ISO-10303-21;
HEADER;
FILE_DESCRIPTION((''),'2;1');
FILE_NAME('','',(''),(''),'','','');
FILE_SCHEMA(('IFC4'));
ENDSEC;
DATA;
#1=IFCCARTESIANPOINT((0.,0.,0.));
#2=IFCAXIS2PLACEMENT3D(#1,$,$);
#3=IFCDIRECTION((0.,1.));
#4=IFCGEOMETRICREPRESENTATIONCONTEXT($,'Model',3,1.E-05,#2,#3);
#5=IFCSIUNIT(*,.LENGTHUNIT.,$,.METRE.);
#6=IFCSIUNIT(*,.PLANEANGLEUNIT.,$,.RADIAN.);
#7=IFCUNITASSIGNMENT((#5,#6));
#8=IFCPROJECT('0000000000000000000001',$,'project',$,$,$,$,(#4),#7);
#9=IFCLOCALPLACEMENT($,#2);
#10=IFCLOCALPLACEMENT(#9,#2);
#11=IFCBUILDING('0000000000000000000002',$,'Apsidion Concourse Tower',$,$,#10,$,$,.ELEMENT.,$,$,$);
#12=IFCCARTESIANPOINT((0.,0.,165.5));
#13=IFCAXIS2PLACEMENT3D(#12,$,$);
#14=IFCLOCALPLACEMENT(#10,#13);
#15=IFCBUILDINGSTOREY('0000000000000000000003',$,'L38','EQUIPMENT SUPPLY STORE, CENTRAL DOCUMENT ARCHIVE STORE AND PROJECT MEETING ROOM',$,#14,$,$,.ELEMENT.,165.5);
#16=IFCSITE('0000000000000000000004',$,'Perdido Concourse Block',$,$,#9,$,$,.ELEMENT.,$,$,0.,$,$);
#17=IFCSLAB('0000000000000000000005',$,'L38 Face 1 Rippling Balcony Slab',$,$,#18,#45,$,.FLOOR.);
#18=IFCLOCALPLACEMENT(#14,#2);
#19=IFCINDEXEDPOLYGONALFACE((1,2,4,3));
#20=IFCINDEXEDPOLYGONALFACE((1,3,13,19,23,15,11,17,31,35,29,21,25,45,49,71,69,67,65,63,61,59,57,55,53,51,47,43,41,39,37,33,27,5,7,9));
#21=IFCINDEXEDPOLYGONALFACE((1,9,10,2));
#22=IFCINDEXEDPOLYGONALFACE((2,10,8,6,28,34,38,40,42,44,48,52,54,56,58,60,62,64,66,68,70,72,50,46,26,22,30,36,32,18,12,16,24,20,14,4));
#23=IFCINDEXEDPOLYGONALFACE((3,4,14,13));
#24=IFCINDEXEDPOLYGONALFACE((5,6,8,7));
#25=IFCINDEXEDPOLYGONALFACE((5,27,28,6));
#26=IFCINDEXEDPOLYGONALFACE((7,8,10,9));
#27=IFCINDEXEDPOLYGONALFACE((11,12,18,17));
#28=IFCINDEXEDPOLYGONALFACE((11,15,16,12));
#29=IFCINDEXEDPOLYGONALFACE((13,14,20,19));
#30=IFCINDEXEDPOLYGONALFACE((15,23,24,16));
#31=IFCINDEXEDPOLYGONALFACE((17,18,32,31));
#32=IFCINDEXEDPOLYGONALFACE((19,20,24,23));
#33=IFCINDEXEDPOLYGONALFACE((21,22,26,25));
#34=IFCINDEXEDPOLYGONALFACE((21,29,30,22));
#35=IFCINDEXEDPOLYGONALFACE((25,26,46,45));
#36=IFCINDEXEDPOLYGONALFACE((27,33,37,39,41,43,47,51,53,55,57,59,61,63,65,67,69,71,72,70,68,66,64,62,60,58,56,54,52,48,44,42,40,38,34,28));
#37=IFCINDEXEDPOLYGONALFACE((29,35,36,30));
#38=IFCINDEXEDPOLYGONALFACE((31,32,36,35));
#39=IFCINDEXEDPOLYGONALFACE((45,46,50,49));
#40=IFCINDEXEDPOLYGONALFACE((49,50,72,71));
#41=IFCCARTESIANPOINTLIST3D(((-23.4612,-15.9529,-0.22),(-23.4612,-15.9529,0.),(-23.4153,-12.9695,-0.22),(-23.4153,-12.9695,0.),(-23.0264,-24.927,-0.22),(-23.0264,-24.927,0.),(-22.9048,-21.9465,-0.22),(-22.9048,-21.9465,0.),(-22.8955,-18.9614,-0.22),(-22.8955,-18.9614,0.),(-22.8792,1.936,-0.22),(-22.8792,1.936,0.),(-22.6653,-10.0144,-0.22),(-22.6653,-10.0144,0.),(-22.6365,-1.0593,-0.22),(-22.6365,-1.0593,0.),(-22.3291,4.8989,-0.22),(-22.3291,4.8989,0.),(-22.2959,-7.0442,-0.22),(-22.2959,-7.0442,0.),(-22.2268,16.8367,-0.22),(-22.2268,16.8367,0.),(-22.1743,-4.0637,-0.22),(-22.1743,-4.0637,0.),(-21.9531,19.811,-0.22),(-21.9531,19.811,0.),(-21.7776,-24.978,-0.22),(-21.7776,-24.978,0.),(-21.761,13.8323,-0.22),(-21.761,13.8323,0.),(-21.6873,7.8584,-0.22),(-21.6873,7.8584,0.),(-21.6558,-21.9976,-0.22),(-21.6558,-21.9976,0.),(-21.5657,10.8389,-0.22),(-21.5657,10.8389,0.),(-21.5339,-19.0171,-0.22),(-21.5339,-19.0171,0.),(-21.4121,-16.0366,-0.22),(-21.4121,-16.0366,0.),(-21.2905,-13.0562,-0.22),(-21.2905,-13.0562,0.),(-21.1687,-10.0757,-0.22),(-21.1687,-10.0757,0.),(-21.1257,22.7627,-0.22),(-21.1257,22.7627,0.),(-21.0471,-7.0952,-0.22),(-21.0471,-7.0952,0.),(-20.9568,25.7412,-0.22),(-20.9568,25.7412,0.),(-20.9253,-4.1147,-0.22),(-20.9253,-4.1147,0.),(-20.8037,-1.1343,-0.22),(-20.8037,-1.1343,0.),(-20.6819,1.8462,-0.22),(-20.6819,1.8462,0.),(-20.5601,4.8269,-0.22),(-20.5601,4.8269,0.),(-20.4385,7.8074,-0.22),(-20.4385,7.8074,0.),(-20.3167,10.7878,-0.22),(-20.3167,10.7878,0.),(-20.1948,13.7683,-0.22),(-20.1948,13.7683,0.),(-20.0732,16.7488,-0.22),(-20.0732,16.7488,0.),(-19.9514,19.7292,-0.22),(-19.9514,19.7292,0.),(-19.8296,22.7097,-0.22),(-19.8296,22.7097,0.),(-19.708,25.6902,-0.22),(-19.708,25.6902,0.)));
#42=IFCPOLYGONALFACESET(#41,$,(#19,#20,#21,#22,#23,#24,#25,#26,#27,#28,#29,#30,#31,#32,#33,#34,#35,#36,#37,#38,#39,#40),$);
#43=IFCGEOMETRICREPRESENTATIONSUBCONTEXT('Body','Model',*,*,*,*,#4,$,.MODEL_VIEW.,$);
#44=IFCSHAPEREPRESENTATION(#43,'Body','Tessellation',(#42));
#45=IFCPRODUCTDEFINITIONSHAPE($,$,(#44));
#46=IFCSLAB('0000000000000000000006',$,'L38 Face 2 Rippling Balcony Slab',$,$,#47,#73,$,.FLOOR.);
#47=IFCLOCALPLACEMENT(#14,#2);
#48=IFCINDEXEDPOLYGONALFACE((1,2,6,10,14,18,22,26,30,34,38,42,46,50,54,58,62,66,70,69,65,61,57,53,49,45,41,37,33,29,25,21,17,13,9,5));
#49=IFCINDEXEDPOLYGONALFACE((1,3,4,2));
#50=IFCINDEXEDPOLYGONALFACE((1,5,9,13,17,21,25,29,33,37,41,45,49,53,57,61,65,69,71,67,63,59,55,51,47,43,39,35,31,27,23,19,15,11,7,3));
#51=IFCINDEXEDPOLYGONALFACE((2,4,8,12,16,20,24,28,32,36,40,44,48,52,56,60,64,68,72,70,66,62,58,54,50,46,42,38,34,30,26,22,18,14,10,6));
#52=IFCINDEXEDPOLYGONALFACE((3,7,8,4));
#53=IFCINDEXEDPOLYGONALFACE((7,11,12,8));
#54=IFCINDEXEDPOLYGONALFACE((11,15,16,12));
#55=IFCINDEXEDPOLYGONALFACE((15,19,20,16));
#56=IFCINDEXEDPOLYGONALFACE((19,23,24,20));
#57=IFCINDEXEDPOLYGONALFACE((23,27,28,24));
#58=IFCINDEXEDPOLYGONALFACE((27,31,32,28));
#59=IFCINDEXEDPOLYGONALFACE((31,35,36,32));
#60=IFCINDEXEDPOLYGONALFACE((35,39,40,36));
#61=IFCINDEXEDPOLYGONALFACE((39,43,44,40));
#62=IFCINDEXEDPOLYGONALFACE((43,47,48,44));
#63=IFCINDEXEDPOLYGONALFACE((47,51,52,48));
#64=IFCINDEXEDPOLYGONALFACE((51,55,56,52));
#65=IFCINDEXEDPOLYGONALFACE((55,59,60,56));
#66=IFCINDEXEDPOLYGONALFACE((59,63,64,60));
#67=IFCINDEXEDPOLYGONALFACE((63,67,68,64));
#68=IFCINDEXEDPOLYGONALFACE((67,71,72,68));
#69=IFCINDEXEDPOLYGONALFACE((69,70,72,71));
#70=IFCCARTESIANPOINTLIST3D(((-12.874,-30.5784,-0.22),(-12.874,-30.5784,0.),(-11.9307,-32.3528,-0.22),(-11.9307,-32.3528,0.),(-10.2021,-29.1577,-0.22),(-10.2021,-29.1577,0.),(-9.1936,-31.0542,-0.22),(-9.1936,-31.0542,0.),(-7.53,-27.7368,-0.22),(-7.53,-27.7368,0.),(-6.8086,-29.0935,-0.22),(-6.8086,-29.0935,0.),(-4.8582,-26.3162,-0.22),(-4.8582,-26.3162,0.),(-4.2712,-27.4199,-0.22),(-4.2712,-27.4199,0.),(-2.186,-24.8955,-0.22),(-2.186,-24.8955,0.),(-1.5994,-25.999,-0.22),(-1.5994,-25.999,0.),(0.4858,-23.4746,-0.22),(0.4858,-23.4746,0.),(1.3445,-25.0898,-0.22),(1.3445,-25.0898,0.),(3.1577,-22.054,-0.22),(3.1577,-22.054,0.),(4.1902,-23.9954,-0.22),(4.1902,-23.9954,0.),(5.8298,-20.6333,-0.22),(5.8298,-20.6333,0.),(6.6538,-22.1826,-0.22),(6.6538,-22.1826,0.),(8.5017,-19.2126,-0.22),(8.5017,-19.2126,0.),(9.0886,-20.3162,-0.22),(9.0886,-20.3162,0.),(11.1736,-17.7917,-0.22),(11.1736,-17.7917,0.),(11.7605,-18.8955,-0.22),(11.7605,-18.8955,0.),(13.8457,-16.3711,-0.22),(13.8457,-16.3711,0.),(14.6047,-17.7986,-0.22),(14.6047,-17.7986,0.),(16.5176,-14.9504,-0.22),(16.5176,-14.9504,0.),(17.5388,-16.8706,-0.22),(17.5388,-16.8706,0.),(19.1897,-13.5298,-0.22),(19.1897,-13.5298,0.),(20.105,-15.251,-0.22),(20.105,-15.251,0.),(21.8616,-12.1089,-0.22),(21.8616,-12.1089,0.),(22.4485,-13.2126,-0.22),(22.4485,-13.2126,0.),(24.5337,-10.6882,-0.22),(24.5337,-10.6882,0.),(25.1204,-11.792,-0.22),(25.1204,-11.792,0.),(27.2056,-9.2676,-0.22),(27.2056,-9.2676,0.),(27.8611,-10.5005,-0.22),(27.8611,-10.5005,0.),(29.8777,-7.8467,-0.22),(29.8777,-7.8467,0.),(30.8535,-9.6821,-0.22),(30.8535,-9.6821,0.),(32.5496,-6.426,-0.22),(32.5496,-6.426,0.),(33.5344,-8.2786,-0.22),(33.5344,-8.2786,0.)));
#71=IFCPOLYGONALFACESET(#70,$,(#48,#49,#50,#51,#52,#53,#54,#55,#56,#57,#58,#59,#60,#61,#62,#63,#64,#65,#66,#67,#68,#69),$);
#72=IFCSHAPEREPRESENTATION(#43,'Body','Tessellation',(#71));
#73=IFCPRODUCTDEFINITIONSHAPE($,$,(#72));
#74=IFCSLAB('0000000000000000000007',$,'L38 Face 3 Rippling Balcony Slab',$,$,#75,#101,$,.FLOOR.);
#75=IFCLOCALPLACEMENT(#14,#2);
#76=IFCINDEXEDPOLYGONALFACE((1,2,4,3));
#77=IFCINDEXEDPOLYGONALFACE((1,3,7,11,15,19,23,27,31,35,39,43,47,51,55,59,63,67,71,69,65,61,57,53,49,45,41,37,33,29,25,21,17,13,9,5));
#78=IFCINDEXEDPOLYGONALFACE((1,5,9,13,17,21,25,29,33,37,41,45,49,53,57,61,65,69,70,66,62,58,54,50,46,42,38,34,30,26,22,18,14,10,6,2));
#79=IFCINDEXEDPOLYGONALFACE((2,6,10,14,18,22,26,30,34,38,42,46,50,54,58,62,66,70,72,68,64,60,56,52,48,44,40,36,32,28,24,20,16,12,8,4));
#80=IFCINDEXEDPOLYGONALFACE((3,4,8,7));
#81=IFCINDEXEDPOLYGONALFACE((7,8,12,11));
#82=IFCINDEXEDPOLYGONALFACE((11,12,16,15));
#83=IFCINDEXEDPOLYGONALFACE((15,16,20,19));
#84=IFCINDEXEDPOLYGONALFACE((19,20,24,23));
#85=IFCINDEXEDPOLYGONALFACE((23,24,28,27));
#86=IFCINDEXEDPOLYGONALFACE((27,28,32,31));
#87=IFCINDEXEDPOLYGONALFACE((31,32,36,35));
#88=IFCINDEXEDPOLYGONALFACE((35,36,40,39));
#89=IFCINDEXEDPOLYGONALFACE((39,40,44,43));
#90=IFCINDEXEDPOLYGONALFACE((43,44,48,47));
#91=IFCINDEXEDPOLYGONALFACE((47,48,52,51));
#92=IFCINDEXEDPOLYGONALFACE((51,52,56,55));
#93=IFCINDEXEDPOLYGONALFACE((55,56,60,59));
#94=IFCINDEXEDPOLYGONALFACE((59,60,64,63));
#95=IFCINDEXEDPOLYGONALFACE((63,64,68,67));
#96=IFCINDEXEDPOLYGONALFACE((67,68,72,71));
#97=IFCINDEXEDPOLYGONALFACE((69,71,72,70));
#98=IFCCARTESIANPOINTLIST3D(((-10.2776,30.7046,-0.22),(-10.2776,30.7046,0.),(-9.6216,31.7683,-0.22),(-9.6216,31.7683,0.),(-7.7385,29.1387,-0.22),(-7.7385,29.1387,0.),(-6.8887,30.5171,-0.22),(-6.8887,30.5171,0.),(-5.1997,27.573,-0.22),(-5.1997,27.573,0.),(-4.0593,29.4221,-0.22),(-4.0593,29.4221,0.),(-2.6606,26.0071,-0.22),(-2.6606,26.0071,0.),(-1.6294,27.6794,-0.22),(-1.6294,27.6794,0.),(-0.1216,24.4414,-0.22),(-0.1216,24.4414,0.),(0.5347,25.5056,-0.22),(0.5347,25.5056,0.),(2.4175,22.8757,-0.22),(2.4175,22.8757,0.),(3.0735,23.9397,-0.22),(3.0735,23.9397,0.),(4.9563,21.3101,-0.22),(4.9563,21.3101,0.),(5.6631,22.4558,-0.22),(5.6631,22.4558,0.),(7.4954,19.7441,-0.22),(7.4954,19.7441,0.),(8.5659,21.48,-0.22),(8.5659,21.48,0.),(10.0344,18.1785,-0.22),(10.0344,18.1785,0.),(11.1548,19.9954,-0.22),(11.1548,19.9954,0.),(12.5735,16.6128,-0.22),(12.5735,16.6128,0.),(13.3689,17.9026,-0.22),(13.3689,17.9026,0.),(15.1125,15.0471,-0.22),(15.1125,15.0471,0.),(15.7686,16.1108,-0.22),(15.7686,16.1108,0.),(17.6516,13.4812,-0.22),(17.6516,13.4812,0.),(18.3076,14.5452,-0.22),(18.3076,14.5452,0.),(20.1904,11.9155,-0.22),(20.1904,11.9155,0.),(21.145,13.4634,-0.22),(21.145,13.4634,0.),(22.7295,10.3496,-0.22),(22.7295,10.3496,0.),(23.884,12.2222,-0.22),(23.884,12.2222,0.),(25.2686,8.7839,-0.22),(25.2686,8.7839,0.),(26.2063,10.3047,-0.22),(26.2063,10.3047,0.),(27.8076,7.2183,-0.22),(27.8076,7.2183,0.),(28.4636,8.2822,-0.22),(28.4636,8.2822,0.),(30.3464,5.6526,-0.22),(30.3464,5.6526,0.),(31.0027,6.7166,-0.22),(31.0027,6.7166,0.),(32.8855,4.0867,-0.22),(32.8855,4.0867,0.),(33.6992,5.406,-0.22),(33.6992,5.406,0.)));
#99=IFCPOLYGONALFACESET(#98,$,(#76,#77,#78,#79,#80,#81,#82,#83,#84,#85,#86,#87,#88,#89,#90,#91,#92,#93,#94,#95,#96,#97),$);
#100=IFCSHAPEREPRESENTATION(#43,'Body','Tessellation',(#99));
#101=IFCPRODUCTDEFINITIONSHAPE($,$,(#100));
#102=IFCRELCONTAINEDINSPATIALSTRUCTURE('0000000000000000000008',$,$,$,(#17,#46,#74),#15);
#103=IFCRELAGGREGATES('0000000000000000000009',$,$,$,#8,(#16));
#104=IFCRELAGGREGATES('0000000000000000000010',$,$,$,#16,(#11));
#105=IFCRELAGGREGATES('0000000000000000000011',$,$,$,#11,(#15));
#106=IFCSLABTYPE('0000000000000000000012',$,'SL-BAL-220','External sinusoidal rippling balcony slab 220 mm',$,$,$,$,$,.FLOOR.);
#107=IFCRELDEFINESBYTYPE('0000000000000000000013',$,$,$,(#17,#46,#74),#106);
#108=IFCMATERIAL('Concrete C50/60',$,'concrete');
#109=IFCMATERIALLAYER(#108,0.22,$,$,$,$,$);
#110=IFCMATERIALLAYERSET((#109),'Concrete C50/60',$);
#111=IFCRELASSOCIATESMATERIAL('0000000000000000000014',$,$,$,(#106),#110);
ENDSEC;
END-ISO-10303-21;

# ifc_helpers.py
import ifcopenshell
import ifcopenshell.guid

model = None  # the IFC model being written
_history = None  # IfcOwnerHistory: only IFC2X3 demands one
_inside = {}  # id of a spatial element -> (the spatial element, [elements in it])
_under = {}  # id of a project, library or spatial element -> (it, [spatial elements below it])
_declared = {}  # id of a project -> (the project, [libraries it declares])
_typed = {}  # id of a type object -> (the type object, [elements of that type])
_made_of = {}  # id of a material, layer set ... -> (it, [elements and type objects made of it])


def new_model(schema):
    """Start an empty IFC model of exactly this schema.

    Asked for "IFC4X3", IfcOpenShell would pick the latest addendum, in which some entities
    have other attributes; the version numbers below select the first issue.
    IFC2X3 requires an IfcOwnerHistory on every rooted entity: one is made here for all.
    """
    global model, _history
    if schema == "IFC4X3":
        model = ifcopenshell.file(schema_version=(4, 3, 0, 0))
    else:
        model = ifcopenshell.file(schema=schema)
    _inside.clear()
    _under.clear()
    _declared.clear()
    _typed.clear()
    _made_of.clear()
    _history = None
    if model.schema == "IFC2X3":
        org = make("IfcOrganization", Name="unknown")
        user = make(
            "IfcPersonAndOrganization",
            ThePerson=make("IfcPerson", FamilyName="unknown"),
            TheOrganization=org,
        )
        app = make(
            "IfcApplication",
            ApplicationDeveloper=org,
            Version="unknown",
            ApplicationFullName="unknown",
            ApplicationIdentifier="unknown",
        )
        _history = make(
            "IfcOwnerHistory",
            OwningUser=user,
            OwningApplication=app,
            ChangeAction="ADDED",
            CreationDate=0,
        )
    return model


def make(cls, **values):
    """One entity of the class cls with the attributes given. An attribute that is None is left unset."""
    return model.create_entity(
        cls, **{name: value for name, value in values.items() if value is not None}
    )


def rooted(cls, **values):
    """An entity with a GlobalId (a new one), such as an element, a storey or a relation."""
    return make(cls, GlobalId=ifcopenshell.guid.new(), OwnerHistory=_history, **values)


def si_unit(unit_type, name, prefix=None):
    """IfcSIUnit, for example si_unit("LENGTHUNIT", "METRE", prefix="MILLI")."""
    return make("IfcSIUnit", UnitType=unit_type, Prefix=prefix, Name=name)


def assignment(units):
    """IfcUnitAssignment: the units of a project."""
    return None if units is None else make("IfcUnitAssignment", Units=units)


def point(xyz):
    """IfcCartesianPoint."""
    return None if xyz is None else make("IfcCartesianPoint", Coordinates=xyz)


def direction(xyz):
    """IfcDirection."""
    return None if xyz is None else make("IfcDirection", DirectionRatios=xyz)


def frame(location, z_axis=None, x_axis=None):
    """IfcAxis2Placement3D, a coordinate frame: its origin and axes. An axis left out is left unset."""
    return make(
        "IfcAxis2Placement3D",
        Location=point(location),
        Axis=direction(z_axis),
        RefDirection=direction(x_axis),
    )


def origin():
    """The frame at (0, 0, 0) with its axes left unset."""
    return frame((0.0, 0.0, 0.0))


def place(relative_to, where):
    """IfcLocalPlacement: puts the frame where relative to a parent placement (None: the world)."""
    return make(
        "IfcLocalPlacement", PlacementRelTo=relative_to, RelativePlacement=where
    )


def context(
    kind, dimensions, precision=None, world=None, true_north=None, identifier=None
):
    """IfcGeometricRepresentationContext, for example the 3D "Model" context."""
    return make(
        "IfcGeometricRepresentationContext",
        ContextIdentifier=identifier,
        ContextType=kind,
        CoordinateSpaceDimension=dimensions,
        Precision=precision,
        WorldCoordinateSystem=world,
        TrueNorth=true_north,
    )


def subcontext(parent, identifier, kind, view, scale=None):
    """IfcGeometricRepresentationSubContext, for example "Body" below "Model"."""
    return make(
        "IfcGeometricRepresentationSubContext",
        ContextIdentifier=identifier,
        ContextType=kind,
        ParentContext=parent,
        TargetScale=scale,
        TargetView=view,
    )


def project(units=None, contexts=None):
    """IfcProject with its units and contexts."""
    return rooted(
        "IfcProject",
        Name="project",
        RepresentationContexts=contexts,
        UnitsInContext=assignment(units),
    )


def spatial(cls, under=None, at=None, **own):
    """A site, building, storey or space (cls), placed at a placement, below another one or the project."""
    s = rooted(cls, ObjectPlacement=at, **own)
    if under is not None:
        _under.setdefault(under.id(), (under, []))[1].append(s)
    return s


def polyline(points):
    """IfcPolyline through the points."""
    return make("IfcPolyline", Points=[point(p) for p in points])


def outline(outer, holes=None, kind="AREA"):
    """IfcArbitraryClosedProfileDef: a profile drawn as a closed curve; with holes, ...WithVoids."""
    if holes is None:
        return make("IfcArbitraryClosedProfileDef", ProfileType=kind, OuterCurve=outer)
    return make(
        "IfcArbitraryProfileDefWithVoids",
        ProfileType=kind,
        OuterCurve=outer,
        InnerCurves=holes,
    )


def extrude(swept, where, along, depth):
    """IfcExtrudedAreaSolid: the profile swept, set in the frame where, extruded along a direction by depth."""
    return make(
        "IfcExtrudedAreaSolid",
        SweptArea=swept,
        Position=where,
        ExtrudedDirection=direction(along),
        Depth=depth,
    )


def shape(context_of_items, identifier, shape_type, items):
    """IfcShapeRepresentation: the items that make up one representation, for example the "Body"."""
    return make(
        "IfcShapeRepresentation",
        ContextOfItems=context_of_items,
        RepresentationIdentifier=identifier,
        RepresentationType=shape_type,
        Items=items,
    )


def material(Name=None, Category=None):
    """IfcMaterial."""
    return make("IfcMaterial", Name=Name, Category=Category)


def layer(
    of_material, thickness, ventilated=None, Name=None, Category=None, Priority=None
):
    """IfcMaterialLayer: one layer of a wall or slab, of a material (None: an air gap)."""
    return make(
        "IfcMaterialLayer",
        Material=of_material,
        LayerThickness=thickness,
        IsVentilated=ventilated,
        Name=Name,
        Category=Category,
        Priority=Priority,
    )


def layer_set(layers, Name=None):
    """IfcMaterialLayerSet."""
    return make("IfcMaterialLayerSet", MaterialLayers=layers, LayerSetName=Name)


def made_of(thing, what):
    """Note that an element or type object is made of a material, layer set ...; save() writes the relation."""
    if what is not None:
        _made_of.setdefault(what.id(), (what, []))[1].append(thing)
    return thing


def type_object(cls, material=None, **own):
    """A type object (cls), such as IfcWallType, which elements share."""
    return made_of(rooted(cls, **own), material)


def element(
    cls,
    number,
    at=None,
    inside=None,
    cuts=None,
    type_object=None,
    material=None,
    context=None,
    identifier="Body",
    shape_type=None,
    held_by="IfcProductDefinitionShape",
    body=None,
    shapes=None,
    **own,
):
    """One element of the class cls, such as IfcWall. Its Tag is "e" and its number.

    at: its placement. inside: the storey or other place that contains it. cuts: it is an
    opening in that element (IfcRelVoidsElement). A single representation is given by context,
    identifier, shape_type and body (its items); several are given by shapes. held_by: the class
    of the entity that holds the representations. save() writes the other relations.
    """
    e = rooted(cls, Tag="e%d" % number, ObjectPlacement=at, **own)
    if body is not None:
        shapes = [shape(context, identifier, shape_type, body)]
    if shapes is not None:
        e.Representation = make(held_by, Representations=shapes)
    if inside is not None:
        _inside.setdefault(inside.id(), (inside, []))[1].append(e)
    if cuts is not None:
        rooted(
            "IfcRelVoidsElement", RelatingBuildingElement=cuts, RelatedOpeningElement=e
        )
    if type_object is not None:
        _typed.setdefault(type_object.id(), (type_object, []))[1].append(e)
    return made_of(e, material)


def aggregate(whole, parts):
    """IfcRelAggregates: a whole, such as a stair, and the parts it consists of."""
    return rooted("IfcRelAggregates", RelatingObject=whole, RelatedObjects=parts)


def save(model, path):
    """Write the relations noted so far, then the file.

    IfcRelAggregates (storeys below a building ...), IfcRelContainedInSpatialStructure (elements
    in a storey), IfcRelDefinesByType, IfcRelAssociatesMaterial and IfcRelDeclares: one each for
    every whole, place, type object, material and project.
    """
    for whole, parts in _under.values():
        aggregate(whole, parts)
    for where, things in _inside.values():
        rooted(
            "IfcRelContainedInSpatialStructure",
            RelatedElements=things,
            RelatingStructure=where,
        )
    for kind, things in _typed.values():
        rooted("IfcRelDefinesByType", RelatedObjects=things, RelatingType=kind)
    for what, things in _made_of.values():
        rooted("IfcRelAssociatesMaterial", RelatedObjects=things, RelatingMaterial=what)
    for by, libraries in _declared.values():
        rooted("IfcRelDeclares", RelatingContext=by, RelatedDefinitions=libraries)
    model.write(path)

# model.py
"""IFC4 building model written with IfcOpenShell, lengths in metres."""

from ifc_helpers import new_model, si_unit, direction, frame, origin, place, context, subcontext, project, spatial, polyline, outline, extrude, material, layer, layer_set, type_object, element, save


model = new_model("IFC4")

# Units and contexts
model_context = context("Model", 3, precision=1e-05, world=origin(), true_north=direction((0.0, 1.0)))
body_context = subcontext(model_context, "Body", "Model", "MODEL_VIEW")
ifc_project = project(units=[si_unit("LENGTHUNIT", "METRE"), si_unit("PLANEANGLEUNIT", "RADIAN")], contexts=[model_context])

# Site, building, storey
site_placement = place(None, origin())
site = spatial("IfcSite", under=ifc_project, at=site_placement, Name="Perdido Concourse Block", CompositionType="ELEMENT", RefElevation=0.0)
building_placement = place(site_placement, origin())
building = spatial("IfcBuilding", under=site, at=building_placement, Name="Apsidion Concourse Tower", CompositionType="ELEMENT")
storey_placement = place(building_placement, frame((0.0, 0.0, 165.5)))
storey = spatial("IfcBuildingStorey", under=building, at=storey_placement, Name="L38", Description="EQUIPMENT SUPPLY STORE, CENTRAL DOCUMENT ARCHIVE STORE AND PROJECT MEETING ROOM", CompositionType="ELEMENT", Elevation=165.5)

# Shared definitions
ifc_material_1 = material(Name="Concrete C50/60", Category="concrete")

# Slabs
ifc_layer_1 = layer(ifc_material_1, 0.22)
ifc_layer_set_1 = layer_set([ifc_layer_1], Name="Concrete C50/60")
slab_type_1 = type_object("IfcSlabType", Name="SL-BAL-220", Description="External sinusoidal rippling balcony slab 220 mm", PredefinedType="FLOOR", material=ifc_layer_set_1)
slab_1_placement = place(storey_placement, frame((0.0, 0.0, -0.22)))
element("IfcSlab", 1, at=slab_1_placement, inside=storey, type_object=slab_type_1, Name="L38 Face 1 Rippling Balcony Slab", PredefinedType="FLOOR", context=body_context, shape_type="SweptSolid", body=[
    extrude(outline(polyline([(-19.708, 25.6902), (-19.8296, 22.7097), (-19.9514, 19.7292), (-20.0732, 16.7488), (-20.1948, 13.7683), (-20.3167, 10.7878), (-20.4385, 7.8074), (-20.5601, 4.8269), (-20.6819, 1.8462), (-20.8037, -1.1343), (-20.9253, -4.1147), (-21.0471, -7.0952), (-21.1687, -10.0757), (-21.2905, -13.0562), (-21.4121, -16.0366), (-21.5339, -19.0171), (-21.6558, -21.9976), (-21.7776, -24.978), (-23.0264, -24.927), (-22.9048, -21.9465), (-22.8955, -18.9614), (-23.4612, -15.9529), (-23.4153, -12.9695), (-22.6653, -10.0144), (-22.2959, -7.0442), (-22.1743, -4.0637), (-22.6365, -1.0593), (-22.8792, 1.936), (-22.3291, 4.8989), (-21.6873, 7.8584), (-21.5657, 10.8389), (-21.761, 13.8323), (-22.2268, 16.8367), (-21.9531, 19.811), (-21.1257, 22.7627), (-20.9568, 25.7412), (-19.708, 25.6902)])), origin(), (0.0, 0.0, 1.0), 0.22),
])
slab_2_placement = place(storey_placement, frame((0.0, 0.0, -0.22)))
element("IfcSlab", 2, at=slab_2_placement, inside=storey, type_object=slab_type_1, Name="L38 Face 2 Rippling Balcony Slab", PredefinedType="FLOOR", context=body_context, shape_type="SweptSolid", body=[
    extrude(outline(polyline([(-12.874, -30.5784), (-10.2021, -29.1577), (-7.53, -27.7368), (-4.8582, -26.3162), (-2.186, -24.8955), (0.4858, -23.4746), (3.1577, -22.054), (5.8298, -20.6333), (8.5017, -19.2126), (11.1736, -17.7917), (13.8457, -16.3711), (16.5176, -14.9504), (19.1897, -13.5298), (21.8616, -12.1089), (24.5337, -10.6882), (27.2056, -9.2676), (29.8777, -7.8467), (32.5496, -6.426), (33.5344, -8.2786), (30.8535, -9.6821), (27.8611, -10.5005), (25.1204, -11.792), (22.4485, -13.2126), (20.105, -15.251), (17.5388, -16.8706), (14.6047, -17.7986), (11.7605, -18.8955), (9.0886, -20.3162), (6.6538, -22.1826), (4.1902, -23.9954), (1.3445, -25.0898), (-1.5994, -25.999), (-4.2712, -27.4199), (-6.8086, -29.0935), (-9.1936, -31.0542), (-11.9307, -32.3528), (-12.874, -30.5784)])), origin(), (0.0, 0.0, 1.0), 0.22),
])
slab_3_placement = place(storey_placement, frame((0.0, 0.0, -0.22)))
element("IfcSlab", 3, at=slab_3_placement, inside=storey, type_object=slab_type_1, Name="L38 Face 3 Rippling Balcony Slab", PredefinedType="FLOOR", context=body_context, shape_type="SweptSolid", body=[
    extrude(outline(polyline([(32.8855, 4.0867), (30.3464, 5.6526), (27.8076, 7.2183), (25.2686, 8.7839), (22.7295, 10.3496), (20.1904, 11.9155), (17.6516, 13.4812), (15.1125, 15.0471), (12.5735, 16.6128), (10.0344, 18.1785), (7.4954, 19.7441), (4.9563, 21.3101), (2.4175, 22.8757), (-0.1216, 24.4414), (-2.6606, 26.0071), (-5.1997, 27.573), (-7.7385, 29.1387), (-10.2776, 30.7046), (-9.6216, 31.7683), (-6.8887, 30.5171), (-4.0593, 29.4221), (-1.6294, 27.6794), (0.5347, 25.5056), (3.0735, 23.9397), (5.6631, 22.4558), (8.5659, 21.48), (11.1548, 19.9954), (13.3689, 17.9026), (15.7686, 16.1108), (18.3076, 14.5452), (21.145, 13.4634), (23.884, 12.2222), (26.2063, 10.3047), (28.4636, 8.2822), (31.0027, 6.7166), (33.6992, 5.406), (32.8855, 4.0867)])), origin(), (0.0, 0.0, 1.0), 0.22),
])

save(model, "model.ifc")
